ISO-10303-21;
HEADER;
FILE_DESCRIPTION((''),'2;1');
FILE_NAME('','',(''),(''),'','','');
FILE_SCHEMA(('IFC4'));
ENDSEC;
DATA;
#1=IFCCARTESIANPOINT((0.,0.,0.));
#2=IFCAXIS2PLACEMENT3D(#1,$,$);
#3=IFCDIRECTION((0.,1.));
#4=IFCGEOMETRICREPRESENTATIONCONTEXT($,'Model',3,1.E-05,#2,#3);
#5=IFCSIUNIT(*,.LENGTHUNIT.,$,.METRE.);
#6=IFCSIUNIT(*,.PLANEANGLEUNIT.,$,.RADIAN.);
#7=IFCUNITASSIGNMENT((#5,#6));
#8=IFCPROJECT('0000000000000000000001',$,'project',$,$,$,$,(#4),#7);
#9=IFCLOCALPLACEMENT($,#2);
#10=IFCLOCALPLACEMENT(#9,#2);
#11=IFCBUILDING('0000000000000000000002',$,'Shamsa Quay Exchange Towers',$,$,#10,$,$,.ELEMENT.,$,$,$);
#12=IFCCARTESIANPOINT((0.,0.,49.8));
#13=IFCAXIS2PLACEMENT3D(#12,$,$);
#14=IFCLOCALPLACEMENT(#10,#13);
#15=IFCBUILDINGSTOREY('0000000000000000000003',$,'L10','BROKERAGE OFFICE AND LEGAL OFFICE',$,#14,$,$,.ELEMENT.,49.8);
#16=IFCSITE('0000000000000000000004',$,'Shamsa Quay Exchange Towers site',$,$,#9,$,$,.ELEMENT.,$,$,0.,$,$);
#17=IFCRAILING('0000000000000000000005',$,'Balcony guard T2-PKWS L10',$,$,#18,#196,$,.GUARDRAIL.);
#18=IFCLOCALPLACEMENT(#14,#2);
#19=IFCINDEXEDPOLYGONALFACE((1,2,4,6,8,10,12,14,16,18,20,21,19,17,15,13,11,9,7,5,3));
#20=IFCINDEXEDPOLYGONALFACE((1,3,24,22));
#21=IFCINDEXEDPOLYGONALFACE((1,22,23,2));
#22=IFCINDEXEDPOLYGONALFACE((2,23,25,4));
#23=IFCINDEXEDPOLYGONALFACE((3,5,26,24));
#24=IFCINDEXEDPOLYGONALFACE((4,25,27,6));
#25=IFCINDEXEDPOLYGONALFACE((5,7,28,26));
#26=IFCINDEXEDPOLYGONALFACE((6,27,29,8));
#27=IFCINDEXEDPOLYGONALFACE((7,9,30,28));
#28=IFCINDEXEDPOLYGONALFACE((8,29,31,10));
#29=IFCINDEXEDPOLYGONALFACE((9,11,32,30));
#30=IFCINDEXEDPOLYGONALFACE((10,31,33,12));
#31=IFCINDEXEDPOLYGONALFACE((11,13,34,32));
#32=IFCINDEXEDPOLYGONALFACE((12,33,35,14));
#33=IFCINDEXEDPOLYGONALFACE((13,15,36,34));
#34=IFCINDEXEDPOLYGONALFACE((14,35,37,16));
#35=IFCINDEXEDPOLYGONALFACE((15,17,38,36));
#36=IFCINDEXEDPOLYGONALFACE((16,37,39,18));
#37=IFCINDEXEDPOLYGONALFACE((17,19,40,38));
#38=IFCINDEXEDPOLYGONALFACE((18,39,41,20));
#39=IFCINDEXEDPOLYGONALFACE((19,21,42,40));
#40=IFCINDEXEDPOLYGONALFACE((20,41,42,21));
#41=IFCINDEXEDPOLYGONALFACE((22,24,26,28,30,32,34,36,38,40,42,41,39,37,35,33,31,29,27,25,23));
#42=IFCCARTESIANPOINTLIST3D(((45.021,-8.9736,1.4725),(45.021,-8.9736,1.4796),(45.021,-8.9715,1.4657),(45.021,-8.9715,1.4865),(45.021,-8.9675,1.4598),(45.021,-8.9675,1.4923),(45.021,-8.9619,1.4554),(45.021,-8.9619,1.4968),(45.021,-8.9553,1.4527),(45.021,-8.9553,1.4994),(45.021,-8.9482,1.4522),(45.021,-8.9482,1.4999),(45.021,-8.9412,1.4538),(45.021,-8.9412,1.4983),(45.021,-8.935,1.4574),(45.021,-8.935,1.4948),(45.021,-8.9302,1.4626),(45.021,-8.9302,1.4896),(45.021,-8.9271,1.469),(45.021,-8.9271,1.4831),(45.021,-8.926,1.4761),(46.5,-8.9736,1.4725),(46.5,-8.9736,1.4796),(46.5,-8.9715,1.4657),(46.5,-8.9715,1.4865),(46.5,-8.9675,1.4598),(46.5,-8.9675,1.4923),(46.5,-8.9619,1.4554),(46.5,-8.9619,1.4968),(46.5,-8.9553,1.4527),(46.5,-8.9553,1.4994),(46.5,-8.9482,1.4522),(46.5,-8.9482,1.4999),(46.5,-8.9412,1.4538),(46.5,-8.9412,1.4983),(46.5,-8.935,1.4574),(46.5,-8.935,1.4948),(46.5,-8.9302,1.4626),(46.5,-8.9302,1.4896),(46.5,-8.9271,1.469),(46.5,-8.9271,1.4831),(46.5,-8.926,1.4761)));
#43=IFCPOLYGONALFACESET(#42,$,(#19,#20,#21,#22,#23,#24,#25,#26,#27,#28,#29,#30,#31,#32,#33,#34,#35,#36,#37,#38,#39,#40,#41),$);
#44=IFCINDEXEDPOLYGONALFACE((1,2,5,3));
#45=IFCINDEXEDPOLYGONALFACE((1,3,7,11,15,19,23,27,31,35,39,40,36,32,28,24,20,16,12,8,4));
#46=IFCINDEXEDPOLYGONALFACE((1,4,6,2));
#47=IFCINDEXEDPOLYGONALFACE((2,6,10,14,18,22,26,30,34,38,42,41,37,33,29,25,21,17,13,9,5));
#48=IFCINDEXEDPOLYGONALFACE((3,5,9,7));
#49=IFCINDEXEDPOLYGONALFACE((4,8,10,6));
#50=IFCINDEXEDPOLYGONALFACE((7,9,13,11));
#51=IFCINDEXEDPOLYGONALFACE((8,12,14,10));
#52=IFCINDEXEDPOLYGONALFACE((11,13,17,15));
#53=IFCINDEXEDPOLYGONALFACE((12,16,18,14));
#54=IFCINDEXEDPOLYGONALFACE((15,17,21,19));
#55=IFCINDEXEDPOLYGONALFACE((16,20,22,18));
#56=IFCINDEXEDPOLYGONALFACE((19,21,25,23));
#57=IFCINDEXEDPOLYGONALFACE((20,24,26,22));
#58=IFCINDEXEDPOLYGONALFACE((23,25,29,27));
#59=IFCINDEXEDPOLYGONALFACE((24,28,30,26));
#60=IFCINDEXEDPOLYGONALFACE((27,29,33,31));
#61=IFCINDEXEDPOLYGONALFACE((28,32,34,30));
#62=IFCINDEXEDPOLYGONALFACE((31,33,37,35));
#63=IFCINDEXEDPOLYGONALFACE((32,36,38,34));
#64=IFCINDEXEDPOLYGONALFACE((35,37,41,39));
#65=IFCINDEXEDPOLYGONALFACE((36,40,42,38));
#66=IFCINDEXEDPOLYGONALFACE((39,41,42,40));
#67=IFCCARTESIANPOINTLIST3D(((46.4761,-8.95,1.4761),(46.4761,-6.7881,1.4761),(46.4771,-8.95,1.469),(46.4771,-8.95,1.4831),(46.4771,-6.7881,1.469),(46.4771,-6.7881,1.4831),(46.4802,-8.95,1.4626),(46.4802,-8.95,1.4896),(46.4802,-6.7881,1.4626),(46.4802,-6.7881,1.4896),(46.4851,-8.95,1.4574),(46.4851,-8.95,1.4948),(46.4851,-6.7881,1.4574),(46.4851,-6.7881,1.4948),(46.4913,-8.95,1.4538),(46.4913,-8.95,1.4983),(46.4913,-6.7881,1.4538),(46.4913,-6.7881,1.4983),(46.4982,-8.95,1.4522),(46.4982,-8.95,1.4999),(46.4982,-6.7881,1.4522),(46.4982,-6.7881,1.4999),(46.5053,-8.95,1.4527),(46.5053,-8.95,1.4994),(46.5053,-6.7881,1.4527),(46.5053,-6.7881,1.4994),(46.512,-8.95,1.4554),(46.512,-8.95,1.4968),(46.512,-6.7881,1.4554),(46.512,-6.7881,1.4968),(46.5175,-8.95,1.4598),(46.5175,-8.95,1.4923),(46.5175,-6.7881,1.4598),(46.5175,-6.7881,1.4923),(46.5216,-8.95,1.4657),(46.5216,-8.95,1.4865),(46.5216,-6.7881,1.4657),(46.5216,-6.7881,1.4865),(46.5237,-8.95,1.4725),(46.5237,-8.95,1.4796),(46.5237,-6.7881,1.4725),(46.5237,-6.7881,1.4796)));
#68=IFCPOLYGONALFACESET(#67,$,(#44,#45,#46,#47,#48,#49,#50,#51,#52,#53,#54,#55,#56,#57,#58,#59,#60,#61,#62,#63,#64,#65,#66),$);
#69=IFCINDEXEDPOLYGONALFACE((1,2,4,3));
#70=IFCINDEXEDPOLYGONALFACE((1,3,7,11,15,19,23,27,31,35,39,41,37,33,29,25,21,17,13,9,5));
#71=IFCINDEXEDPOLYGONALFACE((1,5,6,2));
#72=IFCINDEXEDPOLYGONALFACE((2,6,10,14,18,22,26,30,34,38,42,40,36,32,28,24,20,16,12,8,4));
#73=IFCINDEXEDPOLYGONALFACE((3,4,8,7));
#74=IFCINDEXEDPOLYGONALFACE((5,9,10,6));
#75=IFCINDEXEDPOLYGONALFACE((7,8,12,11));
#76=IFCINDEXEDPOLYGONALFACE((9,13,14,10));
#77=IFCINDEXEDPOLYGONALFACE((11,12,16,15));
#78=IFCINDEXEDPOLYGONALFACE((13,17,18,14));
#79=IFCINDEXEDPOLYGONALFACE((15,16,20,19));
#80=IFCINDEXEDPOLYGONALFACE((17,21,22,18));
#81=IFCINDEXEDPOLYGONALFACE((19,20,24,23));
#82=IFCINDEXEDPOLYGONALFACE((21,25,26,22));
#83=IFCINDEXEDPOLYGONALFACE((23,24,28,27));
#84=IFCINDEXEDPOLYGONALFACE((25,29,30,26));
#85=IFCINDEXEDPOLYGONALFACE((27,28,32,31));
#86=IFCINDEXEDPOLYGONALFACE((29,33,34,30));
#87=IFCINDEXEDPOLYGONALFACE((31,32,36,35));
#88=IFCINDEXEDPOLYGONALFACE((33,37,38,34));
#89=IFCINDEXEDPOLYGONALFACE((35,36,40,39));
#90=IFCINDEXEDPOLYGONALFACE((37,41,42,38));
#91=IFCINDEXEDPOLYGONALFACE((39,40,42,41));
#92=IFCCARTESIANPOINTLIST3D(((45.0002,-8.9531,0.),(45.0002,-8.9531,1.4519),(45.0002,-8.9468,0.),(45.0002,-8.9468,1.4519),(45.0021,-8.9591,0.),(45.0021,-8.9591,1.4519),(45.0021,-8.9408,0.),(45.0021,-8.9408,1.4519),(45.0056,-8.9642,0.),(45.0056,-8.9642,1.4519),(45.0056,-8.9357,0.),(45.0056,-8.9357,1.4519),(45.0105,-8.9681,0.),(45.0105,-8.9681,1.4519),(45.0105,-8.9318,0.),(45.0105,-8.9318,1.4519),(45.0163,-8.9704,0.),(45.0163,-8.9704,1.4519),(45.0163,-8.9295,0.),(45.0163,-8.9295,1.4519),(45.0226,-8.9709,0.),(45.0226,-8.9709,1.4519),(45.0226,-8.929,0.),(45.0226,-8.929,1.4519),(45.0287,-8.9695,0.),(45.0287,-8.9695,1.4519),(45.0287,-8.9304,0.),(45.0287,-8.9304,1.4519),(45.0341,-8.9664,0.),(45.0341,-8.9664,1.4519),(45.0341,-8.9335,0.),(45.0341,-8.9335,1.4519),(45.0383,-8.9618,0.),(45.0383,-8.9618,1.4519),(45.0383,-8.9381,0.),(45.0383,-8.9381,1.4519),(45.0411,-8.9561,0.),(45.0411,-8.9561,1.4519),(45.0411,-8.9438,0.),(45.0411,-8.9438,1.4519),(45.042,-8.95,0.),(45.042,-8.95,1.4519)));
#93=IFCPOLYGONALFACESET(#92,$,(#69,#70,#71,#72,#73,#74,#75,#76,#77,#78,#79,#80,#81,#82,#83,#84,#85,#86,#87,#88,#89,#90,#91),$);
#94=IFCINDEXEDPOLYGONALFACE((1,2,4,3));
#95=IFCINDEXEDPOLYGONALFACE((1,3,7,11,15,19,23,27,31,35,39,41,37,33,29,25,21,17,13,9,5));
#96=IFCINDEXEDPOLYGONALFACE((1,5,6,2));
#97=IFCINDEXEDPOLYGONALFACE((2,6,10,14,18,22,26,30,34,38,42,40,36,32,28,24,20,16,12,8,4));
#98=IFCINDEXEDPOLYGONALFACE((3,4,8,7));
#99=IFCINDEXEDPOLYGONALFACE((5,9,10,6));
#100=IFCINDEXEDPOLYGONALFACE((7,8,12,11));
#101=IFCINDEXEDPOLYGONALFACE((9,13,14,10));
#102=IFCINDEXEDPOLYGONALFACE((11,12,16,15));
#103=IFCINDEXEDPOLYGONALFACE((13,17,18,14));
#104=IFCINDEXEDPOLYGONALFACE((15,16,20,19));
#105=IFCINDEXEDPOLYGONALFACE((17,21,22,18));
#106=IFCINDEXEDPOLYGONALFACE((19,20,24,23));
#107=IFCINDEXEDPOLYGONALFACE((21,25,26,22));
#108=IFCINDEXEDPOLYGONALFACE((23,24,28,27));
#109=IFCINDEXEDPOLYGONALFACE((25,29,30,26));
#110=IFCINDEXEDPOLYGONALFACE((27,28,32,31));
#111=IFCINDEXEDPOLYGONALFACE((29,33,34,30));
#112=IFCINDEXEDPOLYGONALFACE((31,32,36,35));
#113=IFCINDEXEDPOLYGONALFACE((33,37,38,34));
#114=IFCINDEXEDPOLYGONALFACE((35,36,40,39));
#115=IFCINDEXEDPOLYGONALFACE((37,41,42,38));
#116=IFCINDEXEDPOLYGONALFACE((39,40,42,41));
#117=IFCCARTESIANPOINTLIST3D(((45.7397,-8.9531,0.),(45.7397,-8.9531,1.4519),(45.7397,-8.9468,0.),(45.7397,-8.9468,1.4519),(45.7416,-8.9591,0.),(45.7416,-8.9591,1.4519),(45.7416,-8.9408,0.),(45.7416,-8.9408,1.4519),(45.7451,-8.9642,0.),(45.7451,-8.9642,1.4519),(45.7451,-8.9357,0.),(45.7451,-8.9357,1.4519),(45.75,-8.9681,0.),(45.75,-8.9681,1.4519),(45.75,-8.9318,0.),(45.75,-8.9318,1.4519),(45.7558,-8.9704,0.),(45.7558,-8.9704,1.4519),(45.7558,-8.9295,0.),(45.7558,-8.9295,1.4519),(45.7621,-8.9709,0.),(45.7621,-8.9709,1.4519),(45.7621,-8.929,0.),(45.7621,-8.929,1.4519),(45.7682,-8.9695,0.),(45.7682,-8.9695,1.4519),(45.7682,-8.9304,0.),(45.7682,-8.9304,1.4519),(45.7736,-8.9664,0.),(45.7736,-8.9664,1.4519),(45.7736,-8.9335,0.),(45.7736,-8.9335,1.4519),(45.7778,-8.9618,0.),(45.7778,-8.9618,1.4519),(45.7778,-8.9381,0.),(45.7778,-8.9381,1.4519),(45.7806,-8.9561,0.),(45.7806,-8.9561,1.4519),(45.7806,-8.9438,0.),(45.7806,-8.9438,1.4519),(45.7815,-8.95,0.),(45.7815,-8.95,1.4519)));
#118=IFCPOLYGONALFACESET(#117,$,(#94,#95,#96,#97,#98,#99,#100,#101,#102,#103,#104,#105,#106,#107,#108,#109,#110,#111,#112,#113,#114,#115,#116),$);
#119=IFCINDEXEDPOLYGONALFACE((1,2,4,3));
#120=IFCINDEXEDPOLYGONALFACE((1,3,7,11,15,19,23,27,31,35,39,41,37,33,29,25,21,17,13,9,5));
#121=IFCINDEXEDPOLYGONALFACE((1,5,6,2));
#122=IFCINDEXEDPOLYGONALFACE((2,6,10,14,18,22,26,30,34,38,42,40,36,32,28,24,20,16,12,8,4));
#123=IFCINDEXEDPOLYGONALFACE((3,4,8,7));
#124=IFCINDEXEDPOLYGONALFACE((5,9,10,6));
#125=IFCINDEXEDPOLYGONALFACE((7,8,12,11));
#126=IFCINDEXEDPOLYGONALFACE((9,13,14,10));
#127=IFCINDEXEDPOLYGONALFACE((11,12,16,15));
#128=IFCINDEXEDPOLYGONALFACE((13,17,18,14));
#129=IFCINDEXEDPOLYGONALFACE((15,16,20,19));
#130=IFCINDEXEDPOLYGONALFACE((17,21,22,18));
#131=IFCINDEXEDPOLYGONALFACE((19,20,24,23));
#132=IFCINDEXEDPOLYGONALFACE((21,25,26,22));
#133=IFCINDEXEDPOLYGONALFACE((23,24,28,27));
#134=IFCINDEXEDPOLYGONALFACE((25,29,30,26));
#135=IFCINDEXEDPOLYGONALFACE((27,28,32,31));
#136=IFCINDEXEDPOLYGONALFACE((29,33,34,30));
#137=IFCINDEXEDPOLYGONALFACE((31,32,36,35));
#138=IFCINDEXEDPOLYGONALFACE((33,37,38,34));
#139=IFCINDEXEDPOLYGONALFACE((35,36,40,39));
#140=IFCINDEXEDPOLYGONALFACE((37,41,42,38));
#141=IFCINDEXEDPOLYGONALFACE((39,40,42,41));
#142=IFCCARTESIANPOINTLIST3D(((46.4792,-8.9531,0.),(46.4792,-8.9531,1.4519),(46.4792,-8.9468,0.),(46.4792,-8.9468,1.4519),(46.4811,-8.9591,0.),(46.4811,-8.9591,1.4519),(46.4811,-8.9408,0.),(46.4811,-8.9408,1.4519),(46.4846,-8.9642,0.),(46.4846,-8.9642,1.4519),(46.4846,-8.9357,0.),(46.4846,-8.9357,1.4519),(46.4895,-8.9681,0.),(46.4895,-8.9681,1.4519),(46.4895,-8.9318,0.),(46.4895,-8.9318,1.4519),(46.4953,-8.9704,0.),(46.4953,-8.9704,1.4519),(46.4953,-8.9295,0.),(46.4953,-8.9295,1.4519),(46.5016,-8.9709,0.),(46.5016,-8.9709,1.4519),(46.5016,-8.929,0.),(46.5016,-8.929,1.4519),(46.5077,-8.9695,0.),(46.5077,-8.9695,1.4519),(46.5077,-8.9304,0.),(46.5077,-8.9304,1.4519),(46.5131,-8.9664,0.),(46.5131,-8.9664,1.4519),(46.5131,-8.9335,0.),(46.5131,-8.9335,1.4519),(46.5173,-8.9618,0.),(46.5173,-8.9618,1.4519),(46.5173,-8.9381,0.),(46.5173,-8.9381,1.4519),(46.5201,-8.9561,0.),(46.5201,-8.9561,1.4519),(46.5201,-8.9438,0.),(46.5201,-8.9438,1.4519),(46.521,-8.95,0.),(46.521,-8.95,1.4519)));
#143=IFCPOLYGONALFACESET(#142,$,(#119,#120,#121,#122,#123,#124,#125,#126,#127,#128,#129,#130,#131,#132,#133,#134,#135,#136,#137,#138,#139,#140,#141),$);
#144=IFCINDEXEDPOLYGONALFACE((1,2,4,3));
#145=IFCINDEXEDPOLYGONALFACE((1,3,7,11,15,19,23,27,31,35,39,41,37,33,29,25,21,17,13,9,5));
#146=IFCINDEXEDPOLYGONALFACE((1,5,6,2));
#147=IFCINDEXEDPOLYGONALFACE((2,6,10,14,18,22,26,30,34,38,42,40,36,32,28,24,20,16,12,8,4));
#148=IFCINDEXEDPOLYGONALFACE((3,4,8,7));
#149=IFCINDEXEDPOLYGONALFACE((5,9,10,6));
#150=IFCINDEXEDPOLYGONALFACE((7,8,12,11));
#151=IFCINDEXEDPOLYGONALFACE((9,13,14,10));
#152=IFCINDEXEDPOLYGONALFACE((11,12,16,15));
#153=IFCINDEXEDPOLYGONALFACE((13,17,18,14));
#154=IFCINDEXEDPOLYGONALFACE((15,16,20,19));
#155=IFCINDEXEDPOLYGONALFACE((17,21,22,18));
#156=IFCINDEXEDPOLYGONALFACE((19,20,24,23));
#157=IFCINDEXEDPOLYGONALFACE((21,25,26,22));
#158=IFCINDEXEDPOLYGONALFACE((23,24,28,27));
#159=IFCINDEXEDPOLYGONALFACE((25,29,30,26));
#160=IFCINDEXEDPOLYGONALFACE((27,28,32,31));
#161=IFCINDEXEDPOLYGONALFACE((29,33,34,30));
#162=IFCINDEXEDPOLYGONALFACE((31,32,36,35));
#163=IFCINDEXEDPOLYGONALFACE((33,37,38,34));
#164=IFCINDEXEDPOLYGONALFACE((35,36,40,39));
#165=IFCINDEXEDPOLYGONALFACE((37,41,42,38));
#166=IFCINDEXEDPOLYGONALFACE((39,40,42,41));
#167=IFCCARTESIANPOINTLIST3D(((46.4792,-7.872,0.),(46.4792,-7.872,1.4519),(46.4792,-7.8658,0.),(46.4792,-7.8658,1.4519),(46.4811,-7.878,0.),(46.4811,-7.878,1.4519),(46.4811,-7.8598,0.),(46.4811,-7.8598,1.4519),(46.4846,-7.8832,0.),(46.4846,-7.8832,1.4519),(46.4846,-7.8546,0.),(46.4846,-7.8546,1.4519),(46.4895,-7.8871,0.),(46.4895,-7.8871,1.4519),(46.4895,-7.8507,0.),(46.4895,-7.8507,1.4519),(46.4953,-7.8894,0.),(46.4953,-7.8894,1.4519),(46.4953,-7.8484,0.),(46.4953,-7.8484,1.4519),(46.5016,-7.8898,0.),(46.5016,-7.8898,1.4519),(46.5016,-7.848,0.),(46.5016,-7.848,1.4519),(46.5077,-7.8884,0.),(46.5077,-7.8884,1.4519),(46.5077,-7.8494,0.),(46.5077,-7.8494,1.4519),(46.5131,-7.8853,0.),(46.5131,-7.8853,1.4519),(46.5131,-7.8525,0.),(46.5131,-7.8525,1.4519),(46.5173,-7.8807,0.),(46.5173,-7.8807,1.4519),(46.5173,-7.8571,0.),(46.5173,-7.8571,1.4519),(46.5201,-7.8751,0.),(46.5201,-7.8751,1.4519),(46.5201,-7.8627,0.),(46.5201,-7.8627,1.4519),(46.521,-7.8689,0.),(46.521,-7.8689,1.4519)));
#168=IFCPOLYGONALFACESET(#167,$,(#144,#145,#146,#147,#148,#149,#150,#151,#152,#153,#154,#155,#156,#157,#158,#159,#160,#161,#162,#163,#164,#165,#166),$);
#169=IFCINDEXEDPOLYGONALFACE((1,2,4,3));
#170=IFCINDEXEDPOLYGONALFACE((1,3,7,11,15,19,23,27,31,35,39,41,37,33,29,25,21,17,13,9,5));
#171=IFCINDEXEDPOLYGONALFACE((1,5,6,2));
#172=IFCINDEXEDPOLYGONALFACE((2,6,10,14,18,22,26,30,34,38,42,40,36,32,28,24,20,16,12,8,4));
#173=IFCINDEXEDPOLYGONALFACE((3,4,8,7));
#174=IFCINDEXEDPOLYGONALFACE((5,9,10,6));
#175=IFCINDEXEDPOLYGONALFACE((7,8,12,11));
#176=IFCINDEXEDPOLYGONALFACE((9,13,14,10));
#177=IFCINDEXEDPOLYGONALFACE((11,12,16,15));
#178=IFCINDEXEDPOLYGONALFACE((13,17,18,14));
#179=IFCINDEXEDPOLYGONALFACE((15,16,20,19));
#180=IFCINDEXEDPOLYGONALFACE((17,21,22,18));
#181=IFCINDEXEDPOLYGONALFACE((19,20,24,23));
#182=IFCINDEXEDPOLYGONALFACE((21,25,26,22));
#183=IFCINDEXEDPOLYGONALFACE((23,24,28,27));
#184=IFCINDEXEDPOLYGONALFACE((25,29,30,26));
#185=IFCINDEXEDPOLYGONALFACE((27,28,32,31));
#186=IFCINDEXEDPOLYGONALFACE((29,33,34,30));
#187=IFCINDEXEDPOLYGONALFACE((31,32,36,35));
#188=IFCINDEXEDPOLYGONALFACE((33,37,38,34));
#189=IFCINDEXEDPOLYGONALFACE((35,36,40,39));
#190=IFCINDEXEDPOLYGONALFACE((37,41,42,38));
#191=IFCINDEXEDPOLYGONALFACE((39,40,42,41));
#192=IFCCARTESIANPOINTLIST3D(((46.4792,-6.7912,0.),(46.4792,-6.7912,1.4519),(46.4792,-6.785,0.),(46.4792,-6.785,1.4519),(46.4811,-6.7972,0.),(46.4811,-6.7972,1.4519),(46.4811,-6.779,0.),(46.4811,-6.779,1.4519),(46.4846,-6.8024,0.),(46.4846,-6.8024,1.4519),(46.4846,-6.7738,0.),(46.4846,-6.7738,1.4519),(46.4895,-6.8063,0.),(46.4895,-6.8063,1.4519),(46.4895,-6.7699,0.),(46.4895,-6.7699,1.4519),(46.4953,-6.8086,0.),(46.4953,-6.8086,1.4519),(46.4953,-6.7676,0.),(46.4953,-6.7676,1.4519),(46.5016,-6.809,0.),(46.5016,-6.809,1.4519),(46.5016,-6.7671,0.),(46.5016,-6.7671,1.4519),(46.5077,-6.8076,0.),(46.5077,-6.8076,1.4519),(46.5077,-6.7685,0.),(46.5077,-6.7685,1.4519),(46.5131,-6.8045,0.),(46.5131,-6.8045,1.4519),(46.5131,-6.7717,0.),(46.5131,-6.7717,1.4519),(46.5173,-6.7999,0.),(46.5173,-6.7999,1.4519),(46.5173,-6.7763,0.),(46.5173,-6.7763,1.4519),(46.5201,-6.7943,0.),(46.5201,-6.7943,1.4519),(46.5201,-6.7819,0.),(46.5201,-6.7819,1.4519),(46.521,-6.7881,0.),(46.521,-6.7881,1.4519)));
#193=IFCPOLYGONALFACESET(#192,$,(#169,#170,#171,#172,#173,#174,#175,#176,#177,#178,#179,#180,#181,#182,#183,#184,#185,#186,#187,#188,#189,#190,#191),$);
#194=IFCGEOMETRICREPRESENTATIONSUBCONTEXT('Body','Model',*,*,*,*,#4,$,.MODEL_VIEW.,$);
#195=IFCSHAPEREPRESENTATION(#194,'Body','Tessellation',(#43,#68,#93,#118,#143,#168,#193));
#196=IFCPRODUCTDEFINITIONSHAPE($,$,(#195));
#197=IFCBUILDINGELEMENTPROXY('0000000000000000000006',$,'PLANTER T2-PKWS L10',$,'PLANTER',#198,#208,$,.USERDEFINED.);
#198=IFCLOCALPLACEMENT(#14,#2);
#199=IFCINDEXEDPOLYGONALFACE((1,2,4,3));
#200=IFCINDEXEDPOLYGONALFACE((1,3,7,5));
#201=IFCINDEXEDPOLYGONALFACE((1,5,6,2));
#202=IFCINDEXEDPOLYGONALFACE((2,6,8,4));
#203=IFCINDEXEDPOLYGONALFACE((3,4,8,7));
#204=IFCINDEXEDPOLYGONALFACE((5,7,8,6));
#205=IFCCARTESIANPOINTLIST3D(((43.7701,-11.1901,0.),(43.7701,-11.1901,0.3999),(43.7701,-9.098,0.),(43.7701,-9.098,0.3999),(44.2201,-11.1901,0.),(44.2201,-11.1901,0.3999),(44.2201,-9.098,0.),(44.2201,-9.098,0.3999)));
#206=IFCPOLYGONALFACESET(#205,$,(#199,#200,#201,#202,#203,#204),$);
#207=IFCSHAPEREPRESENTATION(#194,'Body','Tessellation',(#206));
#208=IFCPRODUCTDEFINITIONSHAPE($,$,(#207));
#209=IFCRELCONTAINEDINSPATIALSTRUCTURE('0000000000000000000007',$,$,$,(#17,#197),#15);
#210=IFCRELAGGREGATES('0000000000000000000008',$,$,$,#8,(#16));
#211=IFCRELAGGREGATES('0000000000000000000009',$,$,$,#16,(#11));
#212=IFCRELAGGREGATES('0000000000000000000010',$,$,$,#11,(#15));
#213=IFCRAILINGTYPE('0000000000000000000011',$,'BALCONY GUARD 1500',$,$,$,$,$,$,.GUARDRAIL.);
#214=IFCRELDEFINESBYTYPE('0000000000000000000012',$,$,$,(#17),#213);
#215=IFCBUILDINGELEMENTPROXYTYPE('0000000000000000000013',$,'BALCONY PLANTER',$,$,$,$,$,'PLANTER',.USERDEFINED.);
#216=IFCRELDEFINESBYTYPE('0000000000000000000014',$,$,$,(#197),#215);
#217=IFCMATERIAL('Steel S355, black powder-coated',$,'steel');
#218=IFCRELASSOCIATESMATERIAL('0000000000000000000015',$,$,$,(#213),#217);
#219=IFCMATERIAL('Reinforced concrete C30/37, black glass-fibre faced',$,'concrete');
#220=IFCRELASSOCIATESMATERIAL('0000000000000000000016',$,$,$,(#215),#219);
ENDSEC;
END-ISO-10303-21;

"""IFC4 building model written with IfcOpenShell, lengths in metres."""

from ifc_helpers import new_model, si_unit, direction, frame, origin, origin_2d, place, context, subcontext, project, spatial, rectangle, circle, extrude, material, type_object, element, save


model = new_model("IFC4")

# Units and contexts
model_context = context("Model", 3, precision=1e-05, world=origin(), true_north=direction((0.0, 1.0)))
body_context = subcontext(model_context, "Body", "Model", "MODEL_VIEW")
ifc_project = project(units=[si_unit("LENGTHUNIT", "METRE"), si_unit("PLANEANGLEUNIT", "RADIAN")], contexts=[model_context])

# Site, building, storey
site_placement = place(None, origin())
site = spatial("IfcSite", under=ifc_project, at=site_placement, Name="Shamsa Quay Exchange Towers site", CompositionType="ELEMENT", RefElevation=0.0)
building_placement = place(site_placement, origin())
building = spatial("IfcBuilding", under=site, at=building_placement, Name="Shamsa Quay Exchange Towers", CompositionType="ELEMENT")
storey_placement = place(building_placement, frame((0.0, 0.0, 49.8)))
storey = spatial("IfcBuildingStorey", under=building, at=storey_placement, Name="L10", Description="BROKERAGE OFFICE AND LEGAL OFFICE", CompositionType="ELEMENT", Elevation=49.8)

# Railing
ifc_material_1 = material(Name="Steel S355, black powder-coated", Category="steel")
railing_type = type_object("IfcRailingType", Name="BALCONY GUARD 1500", PredefinedType="GUARDRAIL", material=ifc_material_1)
for number, where, name in (
    (1, (45.021, -8.95, 0.0), "Balcony guard T2-PKWS L10"),
):
    element("IfcRailing", number, at=place(storey_placement, frame(where)), inside=storey, type_object=railing_type, Name=name, PredefinedType="GUARDRAIL", context=body_context, shape_type="SweptSolid", body=[
        extrude(circle(Radius=0.0239, at=origin_2d()), frame((0.0, 0.0, 1.4761), z_axis=(1.0, 0.0, 0.0), x_axis=(0.0, 1.0, 0.0)), (0.0, 0.0, 1.0), 1.479),
        extrude(circle(Radius=0.0239, at=origin_2d()), frame((1.479, 0.0, 1.4761), z_axis=(0.0, 1.0, 0.0), x_axis=(-1.0, 0.0, 0.0)), (0.0, 0.0, 1.0), 2.1619),
        extrude(circle(Radius=0.021, at=origin_2d()), origin(), (0.0, 0.0, 1.0), 1.4519),
        extrude(circle(Radius=0.021, at=origin_2d()), frame((0.7395, 0.0, 0.0)), (0.0, 0.0, 1.0), 1.4519),
        extrude(circle(Radius=0.021, at=origin_2d()), frame((1.479, 0.0, 0.0)), (0.0, 0.0, 1.0), 1.4519),
        extrude(circle(Radius=0.021, at=origin_2d()), frame((1.479, 1.0811, 0.0)), (0.0, 0.0, 1.0), 1.4519),
        extrude(circle(Radius=0.021, at=origin_2d()), frame((1.479, 2.1619, 0.0)), (0.0, 0.0, 1.0), 1.4519),
    ])

# Building element proxy
ifc_material_2 = material(Name="Reinforced concrete C30/37, black glass-fibre faced", Category="concrete")
building_element_proxy_type = type_object("IfcBuildingElementProxyType", Name="BALCONY PLANTER", ElementType="PLANTER", PredefinedType="USERDEFINED", material=ifc_material_2)
for number, where, z_axis, x_axis, name in (
    (2, (43.9951, -10.144, 0.0), (0.0, 0.0, 1.0), (0.0, 1.0, 0.0), "PLANTER T2-PKWS L10"),
):
    element("IfcBuildingElementProxy", number, at=place(storey_placement, frame(where, z_axis=z_axis, x_axis=x_axis)), inside=storey, type_object=building_element_proxy_type, Name=name, ObjectType="PLANTER", PredefinedType="USERDEFINED", context=body_context, shape_type="SweptSolid", body=[
        extrude(rectangle(XDim=2.092, YDim=0.45, at=origin_2d()), origin(), (0.0, 0.0, 1.0), 0.3999),
    ])

save(model, "model.ifc")
